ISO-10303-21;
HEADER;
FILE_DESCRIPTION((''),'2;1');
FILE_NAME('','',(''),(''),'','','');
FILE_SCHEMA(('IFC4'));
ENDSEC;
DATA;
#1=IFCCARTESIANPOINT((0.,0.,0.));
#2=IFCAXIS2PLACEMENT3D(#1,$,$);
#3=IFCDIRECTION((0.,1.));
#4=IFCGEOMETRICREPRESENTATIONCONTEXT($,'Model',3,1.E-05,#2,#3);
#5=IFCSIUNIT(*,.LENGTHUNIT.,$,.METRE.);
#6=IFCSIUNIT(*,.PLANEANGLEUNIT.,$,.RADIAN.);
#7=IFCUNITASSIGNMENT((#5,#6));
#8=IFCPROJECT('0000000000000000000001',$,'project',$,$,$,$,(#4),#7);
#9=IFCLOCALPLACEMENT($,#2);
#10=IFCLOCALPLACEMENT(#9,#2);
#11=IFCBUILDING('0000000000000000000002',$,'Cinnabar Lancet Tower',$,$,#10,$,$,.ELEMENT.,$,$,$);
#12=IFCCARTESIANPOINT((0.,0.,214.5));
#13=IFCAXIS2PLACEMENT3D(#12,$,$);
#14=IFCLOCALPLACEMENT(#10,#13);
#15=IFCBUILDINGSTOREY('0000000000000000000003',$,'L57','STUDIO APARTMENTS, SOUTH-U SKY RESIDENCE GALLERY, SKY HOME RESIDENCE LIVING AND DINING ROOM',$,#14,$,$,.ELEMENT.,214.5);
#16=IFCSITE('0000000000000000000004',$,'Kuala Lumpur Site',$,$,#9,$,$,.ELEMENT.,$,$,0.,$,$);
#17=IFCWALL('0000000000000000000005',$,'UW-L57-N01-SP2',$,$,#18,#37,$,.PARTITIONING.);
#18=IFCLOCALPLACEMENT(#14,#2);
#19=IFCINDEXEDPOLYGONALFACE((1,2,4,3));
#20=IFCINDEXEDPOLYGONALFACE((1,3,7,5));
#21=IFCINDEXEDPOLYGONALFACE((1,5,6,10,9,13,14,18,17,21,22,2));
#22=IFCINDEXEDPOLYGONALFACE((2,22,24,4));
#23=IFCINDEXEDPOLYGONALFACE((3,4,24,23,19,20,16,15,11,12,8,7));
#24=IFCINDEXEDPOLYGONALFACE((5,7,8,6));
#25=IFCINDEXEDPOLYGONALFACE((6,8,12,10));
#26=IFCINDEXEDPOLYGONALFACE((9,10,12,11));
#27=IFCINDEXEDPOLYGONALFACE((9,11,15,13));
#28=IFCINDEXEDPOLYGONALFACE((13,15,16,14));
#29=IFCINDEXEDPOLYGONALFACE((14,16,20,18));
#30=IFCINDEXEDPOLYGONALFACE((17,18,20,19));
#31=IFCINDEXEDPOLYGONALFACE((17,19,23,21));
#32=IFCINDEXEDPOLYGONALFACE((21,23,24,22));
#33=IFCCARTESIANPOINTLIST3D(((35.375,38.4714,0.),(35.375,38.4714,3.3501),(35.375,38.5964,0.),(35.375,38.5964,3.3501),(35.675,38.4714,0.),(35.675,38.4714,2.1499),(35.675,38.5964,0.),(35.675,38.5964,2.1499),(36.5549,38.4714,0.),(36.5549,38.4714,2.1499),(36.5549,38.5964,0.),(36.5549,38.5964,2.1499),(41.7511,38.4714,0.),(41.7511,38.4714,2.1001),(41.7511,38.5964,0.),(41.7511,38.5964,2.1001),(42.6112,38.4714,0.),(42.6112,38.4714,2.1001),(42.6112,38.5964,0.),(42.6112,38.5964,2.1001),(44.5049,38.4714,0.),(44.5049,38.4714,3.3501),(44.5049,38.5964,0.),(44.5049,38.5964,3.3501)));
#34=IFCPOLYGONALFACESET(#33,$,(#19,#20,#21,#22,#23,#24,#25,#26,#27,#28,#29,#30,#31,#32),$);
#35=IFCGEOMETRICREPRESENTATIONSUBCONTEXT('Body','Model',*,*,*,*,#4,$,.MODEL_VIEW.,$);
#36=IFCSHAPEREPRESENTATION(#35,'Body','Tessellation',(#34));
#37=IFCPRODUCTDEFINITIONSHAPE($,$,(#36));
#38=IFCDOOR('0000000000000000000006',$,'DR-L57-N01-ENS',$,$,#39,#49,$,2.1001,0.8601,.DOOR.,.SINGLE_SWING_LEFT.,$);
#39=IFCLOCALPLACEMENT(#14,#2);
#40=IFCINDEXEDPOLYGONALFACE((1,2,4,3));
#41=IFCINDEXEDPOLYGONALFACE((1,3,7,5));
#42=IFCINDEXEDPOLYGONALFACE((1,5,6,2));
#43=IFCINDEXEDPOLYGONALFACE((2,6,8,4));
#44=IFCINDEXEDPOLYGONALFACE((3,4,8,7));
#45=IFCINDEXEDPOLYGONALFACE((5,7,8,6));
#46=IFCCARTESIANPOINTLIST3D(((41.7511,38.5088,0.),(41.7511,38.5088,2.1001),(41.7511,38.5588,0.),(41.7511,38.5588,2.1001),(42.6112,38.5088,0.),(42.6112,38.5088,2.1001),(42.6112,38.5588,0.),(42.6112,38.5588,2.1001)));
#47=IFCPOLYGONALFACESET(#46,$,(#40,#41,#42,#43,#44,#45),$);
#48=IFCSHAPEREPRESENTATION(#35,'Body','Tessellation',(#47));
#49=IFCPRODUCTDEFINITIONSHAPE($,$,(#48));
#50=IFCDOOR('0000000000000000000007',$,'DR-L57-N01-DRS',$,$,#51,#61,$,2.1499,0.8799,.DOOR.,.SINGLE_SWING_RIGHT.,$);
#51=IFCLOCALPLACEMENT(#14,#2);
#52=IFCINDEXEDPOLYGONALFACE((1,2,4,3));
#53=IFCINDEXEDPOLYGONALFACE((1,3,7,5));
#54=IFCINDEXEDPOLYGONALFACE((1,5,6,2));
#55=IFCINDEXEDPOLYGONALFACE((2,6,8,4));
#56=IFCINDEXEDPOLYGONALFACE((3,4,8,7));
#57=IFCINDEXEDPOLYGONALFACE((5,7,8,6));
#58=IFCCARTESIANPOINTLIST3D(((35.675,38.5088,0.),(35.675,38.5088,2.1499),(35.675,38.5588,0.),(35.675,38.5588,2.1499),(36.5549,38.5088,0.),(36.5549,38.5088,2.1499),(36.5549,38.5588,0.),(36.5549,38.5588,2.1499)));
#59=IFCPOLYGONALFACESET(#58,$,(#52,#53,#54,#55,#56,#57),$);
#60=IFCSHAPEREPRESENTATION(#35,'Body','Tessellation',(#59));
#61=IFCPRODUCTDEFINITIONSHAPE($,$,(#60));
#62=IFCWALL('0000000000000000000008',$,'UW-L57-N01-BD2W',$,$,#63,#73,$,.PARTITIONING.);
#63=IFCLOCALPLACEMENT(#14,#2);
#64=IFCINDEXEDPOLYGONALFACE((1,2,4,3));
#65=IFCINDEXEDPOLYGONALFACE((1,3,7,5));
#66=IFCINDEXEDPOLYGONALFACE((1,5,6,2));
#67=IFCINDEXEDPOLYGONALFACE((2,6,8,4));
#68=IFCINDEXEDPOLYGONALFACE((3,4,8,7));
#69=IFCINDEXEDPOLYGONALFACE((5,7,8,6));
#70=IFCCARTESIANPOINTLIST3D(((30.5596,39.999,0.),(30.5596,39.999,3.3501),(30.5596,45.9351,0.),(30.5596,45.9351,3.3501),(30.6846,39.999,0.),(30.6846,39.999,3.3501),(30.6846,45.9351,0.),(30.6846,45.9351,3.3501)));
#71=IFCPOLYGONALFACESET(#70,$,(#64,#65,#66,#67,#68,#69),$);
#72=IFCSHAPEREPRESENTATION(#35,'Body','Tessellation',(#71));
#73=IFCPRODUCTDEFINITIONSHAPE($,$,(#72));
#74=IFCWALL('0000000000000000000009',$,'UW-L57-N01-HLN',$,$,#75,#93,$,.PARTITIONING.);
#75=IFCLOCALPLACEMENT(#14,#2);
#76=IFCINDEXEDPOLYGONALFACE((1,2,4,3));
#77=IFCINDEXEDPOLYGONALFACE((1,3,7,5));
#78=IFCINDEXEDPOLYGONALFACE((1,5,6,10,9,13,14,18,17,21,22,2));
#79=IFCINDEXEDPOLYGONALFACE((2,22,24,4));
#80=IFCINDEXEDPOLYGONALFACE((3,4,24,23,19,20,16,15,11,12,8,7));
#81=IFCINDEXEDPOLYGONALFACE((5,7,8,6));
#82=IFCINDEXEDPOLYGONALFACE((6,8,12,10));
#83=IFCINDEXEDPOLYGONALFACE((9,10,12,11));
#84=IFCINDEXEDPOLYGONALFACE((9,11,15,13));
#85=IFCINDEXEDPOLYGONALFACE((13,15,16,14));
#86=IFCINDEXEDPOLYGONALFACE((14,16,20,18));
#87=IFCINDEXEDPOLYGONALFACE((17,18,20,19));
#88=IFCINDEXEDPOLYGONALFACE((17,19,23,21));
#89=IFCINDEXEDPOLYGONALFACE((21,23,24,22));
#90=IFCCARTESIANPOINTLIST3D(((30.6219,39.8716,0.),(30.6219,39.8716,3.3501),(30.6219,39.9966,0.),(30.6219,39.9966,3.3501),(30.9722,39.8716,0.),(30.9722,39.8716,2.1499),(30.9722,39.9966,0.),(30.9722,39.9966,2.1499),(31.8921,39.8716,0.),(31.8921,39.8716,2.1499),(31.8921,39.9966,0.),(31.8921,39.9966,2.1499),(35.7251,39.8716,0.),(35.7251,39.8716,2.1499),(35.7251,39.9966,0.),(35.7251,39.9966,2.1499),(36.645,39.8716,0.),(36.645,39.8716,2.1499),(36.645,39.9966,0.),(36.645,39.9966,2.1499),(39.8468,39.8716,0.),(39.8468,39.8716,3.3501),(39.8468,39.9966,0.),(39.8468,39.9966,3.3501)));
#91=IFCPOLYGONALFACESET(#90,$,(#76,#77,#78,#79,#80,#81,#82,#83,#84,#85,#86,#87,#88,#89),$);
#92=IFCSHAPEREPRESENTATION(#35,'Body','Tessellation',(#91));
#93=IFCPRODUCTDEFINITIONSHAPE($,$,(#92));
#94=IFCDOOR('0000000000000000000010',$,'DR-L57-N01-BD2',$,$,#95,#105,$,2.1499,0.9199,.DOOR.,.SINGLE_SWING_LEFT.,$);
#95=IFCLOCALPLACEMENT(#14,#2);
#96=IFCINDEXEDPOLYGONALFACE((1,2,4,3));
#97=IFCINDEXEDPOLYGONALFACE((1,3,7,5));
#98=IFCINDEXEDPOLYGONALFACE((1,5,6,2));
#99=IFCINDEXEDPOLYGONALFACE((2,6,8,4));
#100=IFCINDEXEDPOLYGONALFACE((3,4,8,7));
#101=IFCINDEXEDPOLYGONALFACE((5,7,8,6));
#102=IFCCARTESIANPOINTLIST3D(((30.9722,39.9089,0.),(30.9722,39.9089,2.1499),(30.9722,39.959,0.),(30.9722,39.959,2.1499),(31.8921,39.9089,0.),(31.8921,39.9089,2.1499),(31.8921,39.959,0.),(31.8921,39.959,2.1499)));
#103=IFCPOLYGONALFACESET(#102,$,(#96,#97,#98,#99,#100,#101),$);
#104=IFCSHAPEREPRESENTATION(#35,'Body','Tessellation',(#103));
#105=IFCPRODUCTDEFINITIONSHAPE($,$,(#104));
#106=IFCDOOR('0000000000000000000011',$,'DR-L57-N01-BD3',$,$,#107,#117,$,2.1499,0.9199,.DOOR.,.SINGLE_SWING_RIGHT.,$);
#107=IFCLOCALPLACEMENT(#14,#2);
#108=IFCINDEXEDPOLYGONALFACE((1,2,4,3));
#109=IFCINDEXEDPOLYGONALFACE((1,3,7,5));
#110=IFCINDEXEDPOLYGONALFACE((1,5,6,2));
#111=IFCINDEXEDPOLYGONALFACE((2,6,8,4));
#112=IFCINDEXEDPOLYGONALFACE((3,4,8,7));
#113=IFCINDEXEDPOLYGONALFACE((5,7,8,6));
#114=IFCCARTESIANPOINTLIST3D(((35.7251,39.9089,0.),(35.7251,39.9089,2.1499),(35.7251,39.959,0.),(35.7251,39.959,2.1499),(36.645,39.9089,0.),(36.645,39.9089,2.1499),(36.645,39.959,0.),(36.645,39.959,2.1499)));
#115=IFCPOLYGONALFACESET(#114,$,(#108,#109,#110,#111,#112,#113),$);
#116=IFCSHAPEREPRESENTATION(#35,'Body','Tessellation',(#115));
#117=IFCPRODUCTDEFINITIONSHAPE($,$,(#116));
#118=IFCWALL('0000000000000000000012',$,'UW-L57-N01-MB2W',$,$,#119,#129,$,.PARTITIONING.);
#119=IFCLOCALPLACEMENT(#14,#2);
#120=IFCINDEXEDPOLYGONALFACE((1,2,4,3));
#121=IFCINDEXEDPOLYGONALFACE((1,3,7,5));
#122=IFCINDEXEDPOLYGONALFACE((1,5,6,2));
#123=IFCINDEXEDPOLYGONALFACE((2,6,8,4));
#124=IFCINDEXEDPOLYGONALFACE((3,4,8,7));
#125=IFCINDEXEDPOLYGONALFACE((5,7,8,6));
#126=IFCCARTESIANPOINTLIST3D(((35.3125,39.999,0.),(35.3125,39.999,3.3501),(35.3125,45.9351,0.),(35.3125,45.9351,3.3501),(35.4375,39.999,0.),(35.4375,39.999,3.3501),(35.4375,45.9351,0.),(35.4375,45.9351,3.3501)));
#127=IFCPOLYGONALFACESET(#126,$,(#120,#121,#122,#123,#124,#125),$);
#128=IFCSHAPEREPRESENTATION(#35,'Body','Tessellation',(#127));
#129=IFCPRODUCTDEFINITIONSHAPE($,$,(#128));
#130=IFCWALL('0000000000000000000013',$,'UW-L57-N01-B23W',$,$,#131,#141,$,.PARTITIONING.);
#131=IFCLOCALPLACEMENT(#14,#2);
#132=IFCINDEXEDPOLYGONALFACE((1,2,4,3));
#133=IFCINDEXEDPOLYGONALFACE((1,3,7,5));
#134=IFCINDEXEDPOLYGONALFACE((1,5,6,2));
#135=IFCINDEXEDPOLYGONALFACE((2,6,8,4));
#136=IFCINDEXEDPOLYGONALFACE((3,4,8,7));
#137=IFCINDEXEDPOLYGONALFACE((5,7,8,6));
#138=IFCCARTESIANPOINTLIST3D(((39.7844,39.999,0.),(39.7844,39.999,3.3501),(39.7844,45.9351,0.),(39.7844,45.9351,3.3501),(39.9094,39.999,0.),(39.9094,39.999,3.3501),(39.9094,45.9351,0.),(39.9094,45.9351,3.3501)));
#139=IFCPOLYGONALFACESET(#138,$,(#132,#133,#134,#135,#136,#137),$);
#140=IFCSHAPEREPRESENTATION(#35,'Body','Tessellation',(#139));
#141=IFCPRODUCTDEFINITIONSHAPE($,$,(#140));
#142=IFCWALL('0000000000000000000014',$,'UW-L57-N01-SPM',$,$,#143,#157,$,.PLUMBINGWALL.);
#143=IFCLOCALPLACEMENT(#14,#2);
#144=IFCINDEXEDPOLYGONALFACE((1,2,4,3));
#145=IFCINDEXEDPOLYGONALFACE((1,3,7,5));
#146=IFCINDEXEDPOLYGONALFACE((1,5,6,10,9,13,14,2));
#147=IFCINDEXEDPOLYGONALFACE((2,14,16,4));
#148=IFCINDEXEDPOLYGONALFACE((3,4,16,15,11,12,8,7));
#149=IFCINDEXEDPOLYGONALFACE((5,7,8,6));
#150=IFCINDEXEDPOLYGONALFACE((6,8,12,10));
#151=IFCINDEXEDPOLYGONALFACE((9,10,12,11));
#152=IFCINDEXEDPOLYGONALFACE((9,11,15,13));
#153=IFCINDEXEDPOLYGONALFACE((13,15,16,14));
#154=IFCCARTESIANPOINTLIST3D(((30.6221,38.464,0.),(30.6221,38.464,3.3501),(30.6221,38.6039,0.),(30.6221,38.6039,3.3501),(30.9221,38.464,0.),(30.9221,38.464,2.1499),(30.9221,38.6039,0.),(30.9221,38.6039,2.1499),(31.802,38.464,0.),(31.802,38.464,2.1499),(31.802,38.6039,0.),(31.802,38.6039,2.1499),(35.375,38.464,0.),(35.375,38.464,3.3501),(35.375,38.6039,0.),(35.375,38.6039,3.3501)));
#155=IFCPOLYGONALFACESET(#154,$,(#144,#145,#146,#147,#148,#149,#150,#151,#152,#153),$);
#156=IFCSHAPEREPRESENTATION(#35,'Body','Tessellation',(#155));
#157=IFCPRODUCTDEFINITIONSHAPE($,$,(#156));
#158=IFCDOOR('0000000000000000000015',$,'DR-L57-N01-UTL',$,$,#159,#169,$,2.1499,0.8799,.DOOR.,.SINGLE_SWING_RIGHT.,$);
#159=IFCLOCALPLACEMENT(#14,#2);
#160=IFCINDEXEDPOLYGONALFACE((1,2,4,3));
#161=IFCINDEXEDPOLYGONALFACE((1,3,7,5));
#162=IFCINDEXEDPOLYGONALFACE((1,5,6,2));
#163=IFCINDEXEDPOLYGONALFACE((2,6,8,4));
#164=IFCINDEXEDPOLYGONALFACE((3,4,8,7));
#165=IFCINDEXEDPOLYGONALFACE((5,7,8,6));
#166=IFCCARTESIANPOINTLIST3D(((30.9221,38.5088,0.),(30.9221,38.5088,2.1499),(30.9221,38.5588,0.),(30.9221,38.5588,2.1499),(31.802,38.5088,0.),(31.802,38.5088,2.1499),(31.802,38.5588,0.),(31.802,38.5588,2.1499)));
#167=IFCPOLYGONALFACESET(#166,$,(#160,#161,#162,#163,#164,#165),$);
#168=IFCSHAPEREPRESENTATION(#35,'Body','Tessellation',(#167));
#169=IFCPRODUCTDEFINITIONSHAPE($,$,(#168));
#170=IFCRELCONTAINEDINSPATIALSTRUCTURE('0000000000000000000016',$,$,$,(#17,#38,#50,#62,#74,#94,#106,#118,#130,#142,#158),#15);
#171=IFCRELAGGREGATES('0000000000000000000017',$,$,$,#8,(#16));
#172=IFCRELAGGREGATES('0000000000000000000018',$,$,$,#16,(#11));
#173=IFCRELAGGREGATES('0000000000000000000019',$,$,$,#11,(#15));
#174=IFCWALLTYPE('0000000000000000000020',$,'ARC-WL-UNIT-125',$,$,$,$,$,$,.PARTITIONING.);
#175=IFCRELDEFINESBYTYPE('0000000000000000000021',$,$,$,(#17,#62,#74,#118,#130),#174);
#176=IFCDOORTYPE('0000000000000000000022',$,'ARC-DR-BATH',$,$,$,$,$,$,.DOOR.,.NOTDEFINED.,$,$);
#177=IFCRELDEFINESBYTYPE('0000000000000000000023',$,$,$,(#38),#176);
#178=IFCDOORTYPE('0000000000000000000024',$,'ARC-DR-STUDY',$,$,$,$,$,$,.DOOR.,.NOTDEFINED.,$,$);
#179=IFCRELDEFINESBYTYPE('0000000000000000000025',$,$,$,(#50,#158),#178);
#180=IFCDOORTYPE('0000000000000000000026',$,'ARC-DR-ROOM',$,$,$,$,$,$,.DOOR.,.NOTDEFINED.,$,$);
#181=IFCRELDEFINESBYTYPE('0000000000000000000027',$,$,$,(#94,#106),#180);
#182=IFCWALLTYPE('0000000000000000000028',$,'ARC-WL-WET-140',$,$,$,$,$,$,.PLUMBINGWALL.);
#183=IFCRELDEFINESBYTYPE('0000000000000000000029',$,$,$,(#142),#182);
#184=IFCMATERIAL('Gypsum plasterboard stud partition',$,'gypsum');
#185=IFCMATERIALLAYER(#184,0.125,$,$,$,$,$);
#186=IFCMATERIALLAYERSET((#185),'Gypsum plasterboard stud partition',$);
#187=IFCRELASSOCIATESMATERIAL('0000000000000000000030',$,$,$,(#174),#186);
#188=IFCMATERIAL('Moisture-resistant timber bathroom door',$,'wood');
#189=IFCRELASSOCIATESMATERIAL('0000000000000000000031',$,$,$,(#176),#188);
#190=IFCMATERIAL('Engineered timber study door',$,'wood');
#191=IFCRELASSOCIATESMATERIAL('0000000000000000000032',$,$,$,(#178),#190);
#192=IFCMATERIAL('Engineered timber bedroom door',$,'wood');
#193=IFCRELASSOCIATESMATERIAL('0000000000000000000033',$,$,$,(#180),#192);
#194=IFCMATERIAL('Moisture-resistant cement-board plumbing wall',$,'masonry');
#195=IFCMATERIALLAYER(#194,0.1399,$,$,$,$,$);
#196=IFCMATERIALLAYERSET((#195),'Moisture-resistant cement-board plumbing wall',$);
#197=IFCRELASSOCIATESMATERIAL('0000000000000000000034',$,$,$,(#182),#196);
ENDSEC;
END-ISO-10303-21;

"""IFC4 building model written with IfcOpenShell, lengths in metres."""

from ifc_helpers import new_model, si_unit, direction, frame, frame_2d, origin, place, context, subcontext, project, spatial, rectangle, extrude, material, layer, layer_set, type_object, element, fill, save


model = new_model("IFC4")

# Units and contexts
model_context = context("Model", 3, precision=1e-05, world=origin(), true_north=direction((0.0, 1.0)))
body_context = subcontext(model_context, "Body", "Model", "MODEL_VIEW")
ifc_project = project(units=[si_unit("LENGTHUNIT", "METRE"), si_unit("PLANEANGLEUNIT", "RADIAN")], contexts=[model_context])

# Site, building, storey
site_placement = place(None, origin())
site = spatial("IfcSite", under=ifc_project, at=site_placement, Name="Kuala Lumpur Site", CompositionType="ELEMENT", RefElevation=0.0)
building_placement = place(site_placement, origin())
building = spatial("IfcBuilding", under=site, at=building_placement, Name="Cinnabar Lancet Tower", CompositionType="ELEMENT")
storey_placement = place(building_placement, frame((0.0, 0.0, 214.5)))
storey = spatial("IfcBuildingStorey", under=building, at=storey_placement, Name="L57", Description="STUDIO APARTMENTS, SOUTH-U SKY RESIDENCE GALLERY, SKY HOME RESIDENCE LIVING AND DINING ROOM", CompositionType="ELEMENT", Elevation=214.5)

# Wall, openings, doors
ifc_material_1 = material(Name="Gypsum plasterboard stud partition", Category="gypsum")
ifc_layer_1 = layer(ifc_material_1, 0.125)
ifc_layer_set_1 = layer_set([ifc_layer_1], Name="Gypsum plasterboard stud partition")
wall_type_1 = type_object("IfcWallType", Name="ARC-WL-UNIT-125", PredefinedType="PARTITIONING", material=ifc_layer_set_1)
wall_1_placement = place(storey_placement, frame((35.375, 38.5339, 0.0), z_axis=(0.0, 0.0, 1.0), x_axis=(1.0, 0.0, 0.0)))
wall_1 = element("IfcWall", 1, at=wall_1_placement, inside=storey, type_object=wall_type_1, Name="UW-L57-N01-SP2", PredefinedType="PARTITIONING", context=body_context, shape_type="SweptSolid", body=[
    extrude(rectangle(XDim=9.1299, YDim=0.125, at=frame_2d((4.5649, 0.0))), origin(), (0.0, 0.0, 1.0), 3.3501),
])
opening_1_placement = place(wall_1_placement, frame((6.376, 0.0, 0.0)))
opening_1 = element("IfcOpeningElement", 2, at=opening_1_placement, cuts=wall_1, PredefinedType="OPENING", context=body_context, shape_type="SweptSolid", body=[
    extrude(rectangle(XDim=0.8601, YDim=2.1001, at=frame_2d((0.4302, 1.05))), frame((0.0, 0.0725, 0.0), z_axis=(0.0, -1.0, 0.0), x_axis=(1.0, 0.0, 0.0)), (0.0, 0.0, 1.0), 0.145),
])
opening_2_placement = place(wall_1_placement, frame((0.3, 0.0, 0.0)))
opening_2 = element("IfcOpeningElement", 3, at=opening_2_placement, cuts=wall_1, PredefinedType="OPENING", context=body_context, shape_type="SweptSolid", body=[
    extrude(rectangle(XDim=0.8799, YDim=2.1499, at=frame_2d((0.4399, 1.075))), frame((0.0, 0.0725, 0.0), z_axis=(0.0, -1.0, 0.0), x_axis=(1.0, 0.0, 0.0)), (0.0, 0.0, 1.0), 0.145),
])
ifc_material_2 = material(Name="Moisture-resistant timber bathroom door", Category="wood")
door_type_1 = type_object("IfcDoorType", Name="ARC-DR-BATH", OperationType="NOTDEFINED", PredefinedType="DOOR", material=ifc_material_2)
door_1_placement = place(opening_1_placement, origin())
door_1 = element("IfcDoor", 4, at=door_1_placement, inside=storey, type_object=door_type_1, Name="DR-L57-N01-ENS", OperationType="SINGLE_SWING_LEFT", OverallHeight=2.1001, OverallWidth=0.8601, PredefinedType="DOOR", context=body_context, shape_type="SweptSolid", body=[
    extrude(rectangle(XDim=0.8601, YDim=2.1001, at=frame_2d((0.4302, 1.05))), frame((0.0, 0.0249, 0.0), z_axis=(0.0, -1.0, 0.0), x_axis=(1.0, 0.0, 0.0)), (0.0, 0.0, 1.0), 0.05),
])
fill(opening_1, door_1)
ifc_material_3 = material(Name="Engineered timber study door", Category="wood")
door_type_2 = type_object("IfcDoorType", Name="ARC-DR-STUDY", OperationType="NOTDEFINED", PredefinedType="DOOR", material=ifc_material_3)
door_2_placement = place(opening_2_placement, origin())
door_2 = element("IfcDoor", 5, at=door_2_placement, inside=storey, type_object=door_type_2, Name="DR-L57-N01-DRS", OperationType="SINGLE_SWING_RIGHT", OverallHeight=2.1499, OverallWidth=0.8799, PredefinedType="DOOR", context=body_context, shape_type="SweptSolid", body=[
    extrude(rectangle(XDim=0.8799, YDim=2.1499, at=frame_2d((0.4399, 1.075))), frame((0.0, 0.0249, 0.0), z_axis=(0.0, -1.0, 0.0), x_axis=(1.0, 0.0, 0.0)), (0.0, 0.0, 1.0), 0.05),
])
fill(opening_2, door_2)

# Wall
wall_2_placement = place(storey_placement, frame((30.6221, 39.999, 0.0), z_axis=(0.0, 0.0, 1.0), x_axis=(0.0, 1.0, 0.0)))
element("IfcWall", 6, at=wall_2_placement, inside=storey, type_object=wall_type_1, Name="UW-L57-N01-BD2W", PredefinedType="PARTITIONING", context=body_context, shape_type="SweptSolid", body=[
    extrude(rectangle(XDim=5.936, YDim=0.125, at=frame_2d((2.968, 0.0))), origin(), (0.0, 0.0, 1.0), 3.3501),
])

# Wall, openings, doors
wall_3_placement = place(storey_placement, frame((30.6221, 39.9341, 0.0), z_axis=(0.0, 0.0, 1.0), x_axis=(1.0, 0.0, 0.0)))
wall_3 = element("IfcWall", 7, at=wall_3_placement, inside=storey, type_object=wall_type_1, Name="UW-L57-N01-HLN", PredefinedType="PARTITIONING", context=body_context, shape_type="SweptSolid", body=[
    extrude(rectangle(XDim=9.2249, YDim=0.125, at=frame_2d((4.6123, 0.0))), origin(), (0.0, 0.0, 1.0), 3.3501),
])
opening_3_placement = place(wall_3_placement, frame((0.3501, 0.0, 0.0)))
opening_3 = element("IfcOpeningElement", 8, at=opening_3_placement, cuts=wall_3, PredefinedType="OPENING", context=body_context, shape_type="SweptSolid", body=[
    extrude(rectangle(XDim=0.9199, YDim=2.1499, at=frame_2d((0.46, 1.075))), frame((0.0, 0.0725, 0.0), z_axis=(0.0, -1.0, 0.0), x_axis=(1.0, 0.0, 0.0)), (0.0, 0.0, 1.0), 0.145),
])
opening_4_placement = place(wall_3_placement, frame((5.103, 0.0, 0.0)))
opening_4 = element("IfcOpeningElement", 9, at=opening_4_placement, cuts=wall_3, PredefinedType="OPENING", context=body_context, shape_type="SweptSolid", body=[
    extrude(rectangle(XDim=0.9199, YDim=2.1499, at=frame_2d((0.46, 1.075))), frame((0.0, 0.0725, 0.0), z_axis=(0.0, -1.0, 0.0), x_axis=(1.0, 0.0, 0.0)), (0.0, 0.0, 1.0), 0.145),
])
ifc_material_4 = material(Name="Engineered timber bedroom door", Category="wood")
door_type_3 = type_object("IfcDoorType", Name="ARC-DR-ROOM", OperationType="NOTDEFINED", PredefinedType="DOOR", material=ifc_material_4)
door_3_placement = place(opening_3_placement, origin())
door_3 = element("IfcDoor", 10, at=door_3_placement, inside=storey, type_object=door_type_3, Name="DR-L57-N01-BD2", OperationType="SINGLE_SWING_LEFT", OverallHeight=2.1499, OverallWidth=0.9199, PredefinedType="DOOR", context=body_context, shape_type="SweptSolid", body=[
    extrude(rectangle(XDim=0.9199, YDim=2.1499, at=frame_2d((0.46, 1.075))), frame((0.0, 0.0249, 0.0), z_axis=(0.0, -1.0, 0.0), x_axis=(1.0, 0.0, 0.0)), (0.0, 0.0, 1.0), 0.05),
])
fill(opening_3, door_3)
door_4_placement = place(opening_4_placement, origin())
door_4 = element("IfcDoor", 11, at=door_4_placement, inside=storey, type_object=door_type_3, Name="DR-L57-N01-BD3", OperationType="SINGLE_SWING_RIGHT", OverallHeight=2.1499, OverallWidth=0.9199, PredefinedType="DOOR", context=body_context, shape_type="SweptSolid", body=[
    extrude(rectangle(XDim=0.9199, YDim=2.1499, at=frame_2d((0.46, 1.075))), frame((0.0, 0.0249, 0.0), z_axis=(0.0, -1.0, 0.0), x_axis=(1.0, 0.0, 0.0)), (0.0, 0.0, 1.0), 0.05),
])
fill(opening_4, door_4)

# Walls
for number, where, z_axis, x_axis, name in (
    (12, (35.375, 39.999, 0.0), (0.0, 0.0, 1.0), (0.0, 1.0, 0.0), "UW-L57-N01-MB2W"),
    (13, (39.8469, 39.999, 0.0), (0.0, 0.0, 1.0), (0.0, 1.0, 0.0), "UW-L57-N01-B23W"),
):
    element("IfcWall", number, at=place(storey_placement, frame(where, z_axis=z_axis, x_axis=x_axis)), inside=storey, type_object=wall_type_1, Name=name, PredefinedType="PARTITIONING", context=body_context, shape_type="SweptSolid", body=[
        extrude(rectangle(XDim=5.936, YDim=0.125, at=frame_2d((2.968, 0.0))), origin(), (0.0, 0.0, 1.0), 3.3501),
    ])

# Wall, opening, door
ifc_material_5 = material(Name="Moisture-resistant cement-board plumbing wall", Category="masonry")
ifc_layer_2 = layer(ifc_material_5, 0.1399)
ifc_layer_set_2 = layer_set([ifc_layer_2], Name="Moisture-resistant cement-board plumbing wall")
wall_type_2 = type_object("IfcWallType", Name="ARC-WL-WET-140", PredefinedType="PLUMBINGWALL", material=ifc_layer_set_2)
wall_4_placement = place(storey_placement, frame((30.6221, 38.5339, 0.0), z_axis=(0.0, 0.0, 1.0), x_axis=(1.0, 0.0, 0.0)))
wall_4 = element("IfcWall", 14, at=wall_4_placement, inside=storey, type_object=wall_type_2, Name="UW-L57-N01-SPM", PredefinedType="PLUMBINGWALL", context=body_context, shape_type="SweptSolid", body=[
    extrude(rectangle(XDim=4.7529, YDim=0.1399, at=frame_2d((2.3765, 0.0))), origin(), (0.0, 0.0, 1.0), 3.3501),
])
opening_5_placement = place(wall_4_placement, frame((0.3, 0.0, 0.0)))
opening_5 = element("IfcOpeningElement", 15, at=opening_5_placement, cuts=wall_4, PredefinedType="OPENING", context=body_context, shape_type="SweptSolid", body=[
    extrude(rectangle(XDim=0.8799, YDim=2.1499, at=frame_2d((0.4399, 1.075))), frame((0.0, 0.0798, 0.0), z_axis=(0.0, -1.0, 0.0), x_axis=(1.0, 0.0, 0.0)), (0.0, 0.0, 1.0), 0.1599),
])
door_5_placement = place(opening_5_placement, origin())
door_5 = element("IfcDoor", 16, at=door_5_placement, inside=storey, type_object=door_type_2, Name="DR-L57-N01-UTL", OperationType="SINGLE_SWING_RIGHT", OverallHeight=2.1499, OverallWidth=0.8799, PredefinedType="DOOR", context=body_context, shape_type="SweptSolid", body=[
    extrude(rectangle(XDim=0.8799, YDim=2.1499, at=frame_2d((0.4399, 1.075))), frame((0.0, 0.0249, 0.0), z_axis=(0.0, -1.0, 0.0), x_axis=(1.0, 0.0, 0.0)), (0.0, 0.0, 1.0), 0.05),
])
fill(opening_5, door_5)

save(model, "model.ifc")
